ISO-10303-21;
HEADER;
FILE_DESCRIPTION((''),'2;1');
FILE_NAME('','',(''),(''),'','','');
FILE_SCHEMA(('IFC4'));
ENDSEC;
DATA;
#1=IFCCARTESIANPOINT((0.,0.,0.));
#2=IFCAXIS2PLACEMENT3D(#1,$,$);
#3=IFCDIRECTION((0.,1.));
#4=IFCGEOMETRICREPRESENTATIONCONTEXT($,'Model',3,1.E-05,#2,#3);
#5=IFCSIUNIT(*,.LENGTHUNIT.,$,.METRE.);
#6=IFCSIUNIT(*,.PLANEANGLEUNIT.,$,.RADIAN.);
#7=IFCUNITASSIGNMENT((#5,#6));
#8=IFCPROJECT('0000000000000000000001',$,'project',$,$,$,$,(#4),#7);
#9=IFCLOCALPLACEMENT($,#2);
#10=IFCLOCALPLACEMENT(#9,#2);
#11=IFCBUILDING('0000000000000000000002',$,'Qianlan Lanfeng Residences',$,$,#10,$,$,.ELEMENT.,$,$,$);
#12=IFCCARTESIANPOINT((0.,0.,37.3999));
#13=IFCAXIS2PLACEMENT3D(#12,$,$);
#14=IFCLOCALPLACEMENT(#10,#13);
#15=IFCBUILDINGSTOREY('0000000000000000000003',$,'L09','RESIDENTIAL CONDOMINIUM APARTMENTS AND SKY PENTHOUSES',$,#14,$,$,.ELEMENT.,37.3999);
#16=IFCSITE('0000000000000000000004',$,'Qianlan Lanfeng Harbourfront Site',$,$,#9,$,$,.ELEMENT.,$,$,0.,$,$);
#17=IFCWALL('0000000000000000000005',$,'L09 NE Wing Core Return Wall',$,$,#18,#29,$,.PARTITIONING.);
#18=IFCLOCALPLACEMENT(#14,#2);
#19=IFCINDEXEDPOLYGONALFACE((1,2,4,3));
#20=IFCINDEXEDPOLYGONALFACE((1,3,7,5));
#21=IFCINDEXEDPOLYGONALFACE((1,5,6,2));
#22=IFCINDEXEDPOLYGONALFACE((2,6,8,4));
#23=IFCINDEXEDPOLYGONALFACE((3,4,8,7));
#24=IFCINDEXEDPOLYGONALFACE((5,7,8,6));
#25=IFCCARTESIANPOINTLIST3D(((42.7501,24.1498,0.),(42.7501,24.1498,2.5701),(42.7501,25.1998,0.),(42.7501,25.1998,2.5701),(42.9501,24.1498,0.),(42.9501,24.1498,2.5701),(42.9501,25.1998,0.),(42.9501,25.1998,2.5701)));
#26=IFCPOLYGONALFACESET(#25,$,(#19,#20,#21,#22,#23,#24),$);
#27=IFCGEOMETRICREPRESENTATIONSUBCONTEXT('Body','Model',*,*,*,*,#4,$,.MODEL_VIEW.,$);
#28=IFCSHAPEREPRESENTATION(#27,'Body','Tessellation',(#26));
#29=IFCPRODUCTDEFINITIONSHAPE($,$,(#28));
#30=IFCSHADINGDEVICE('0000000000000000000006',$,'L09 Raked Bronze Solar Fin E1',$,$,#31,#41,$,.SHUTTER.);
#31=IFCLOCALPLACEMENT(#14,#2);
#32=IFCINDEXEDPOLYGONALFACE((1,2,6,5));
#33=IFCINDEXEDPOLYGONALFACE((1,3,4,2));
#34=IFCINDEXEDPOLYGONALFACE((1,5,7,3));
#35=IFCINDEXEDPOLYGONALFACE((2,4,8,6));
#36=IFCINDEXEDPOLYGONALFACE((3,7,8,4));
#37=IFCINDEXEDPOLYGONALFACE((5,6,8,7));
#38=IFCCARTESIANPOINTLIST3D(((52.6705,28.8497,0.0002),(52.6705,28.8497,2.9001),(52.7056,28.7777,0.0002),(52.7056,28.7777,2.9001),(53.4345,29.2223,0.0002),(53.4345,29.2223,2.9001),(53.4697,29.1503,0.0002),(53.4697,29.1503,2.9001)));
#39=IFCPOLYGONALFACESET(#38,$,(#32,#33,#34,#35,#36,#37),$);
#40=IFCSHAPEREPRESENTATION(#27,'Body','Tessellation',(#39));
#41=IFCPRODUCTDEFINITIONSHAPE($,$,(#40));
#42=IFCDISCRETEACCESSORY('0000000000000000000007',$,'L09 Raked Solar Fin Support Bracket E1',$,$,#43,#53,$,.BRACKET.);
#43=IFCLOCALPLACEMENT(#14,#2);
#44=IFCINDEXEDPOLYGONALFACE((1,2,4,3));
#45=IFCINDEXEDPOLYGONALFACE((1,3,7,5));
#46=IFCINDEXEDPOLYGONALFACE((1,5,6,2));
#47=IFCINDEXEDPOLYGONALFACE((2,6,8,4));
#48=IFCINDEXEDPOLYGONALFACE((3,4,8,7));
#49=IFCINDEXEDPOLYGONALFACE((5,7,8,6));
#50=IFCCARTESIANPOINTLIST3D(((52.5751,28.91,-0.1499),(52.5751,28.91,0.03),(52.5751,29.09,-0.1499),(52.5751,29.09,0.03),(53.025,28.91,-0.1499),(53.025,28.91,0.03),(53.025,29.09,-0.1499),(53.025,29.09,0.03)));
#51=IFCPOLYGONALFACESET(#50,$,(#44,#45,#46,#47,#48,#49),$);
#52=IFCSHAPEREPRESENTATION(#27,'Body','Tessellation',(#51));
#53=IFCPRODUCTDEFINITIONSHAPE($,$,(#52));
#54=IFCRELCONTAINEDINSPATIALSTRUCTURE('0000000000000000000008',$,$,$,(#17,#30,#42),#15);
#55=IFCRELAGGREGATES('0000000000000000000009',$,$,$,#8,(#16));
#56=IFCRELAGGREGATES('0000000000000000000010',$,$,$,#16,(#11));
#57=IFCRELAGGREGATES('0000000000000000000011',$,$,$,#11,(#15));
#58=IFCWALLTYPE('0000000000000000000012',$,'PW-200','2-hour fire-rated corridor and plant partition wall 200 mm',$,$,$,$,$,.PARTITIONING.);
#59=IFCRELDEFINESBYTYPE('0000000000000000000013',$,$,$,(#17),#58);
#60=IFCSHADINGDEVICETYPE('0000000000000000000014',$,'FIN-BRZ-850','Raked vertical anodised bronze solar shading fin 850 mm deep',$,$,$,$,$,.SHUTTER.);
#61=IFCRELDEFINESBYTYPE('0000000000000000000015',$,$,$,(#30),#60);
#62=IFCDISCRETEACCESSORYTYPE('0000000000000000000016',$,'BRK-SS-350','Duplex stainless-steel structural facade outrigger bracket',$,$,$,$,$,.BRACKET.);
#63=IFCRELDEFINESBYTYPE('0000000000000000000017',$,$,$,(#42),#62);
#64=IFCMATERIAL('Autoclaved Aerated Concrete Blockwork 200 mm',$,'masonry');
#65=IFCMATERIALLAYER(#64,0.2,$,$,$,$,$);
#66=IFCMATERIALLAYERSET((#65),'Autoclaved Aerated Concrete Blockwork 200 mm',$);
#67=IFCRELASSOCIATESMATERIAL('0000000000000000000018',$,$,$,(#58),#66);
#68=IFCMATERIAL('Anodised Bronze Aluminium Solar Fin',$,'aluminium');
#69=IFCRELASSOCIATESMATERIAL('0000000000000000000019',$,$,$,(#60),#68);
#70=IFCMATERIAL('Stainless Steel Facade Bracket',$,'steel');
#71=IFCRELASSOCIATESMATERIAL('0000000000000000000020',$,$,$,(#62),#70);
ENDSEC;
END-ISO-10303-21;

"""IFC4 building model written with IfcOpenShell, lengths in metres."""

from ifc_helpers import new_model, si_unit, direction, frame, frame_2d, origin, origin_2d, place, context, subcontext, project, spatial, rectangle, extrude, source, transform, mapped, material, layer, layer_set, type_object, element, save


model = new_model("IFC4")

# Units and contexts
model_context = context("Model", 3, precision=1e-05, world=origin(), true_north=direction((0.0, 1.0)))
body_context = subcontext(model_context, "Body", "Model", "MODEL_VIEW")
ifc_project = project(units=[si_unit("LENGTHUNIT", "METRE"), si_unit("PLANEANGLEUNIT", "RADIAN")], contexts=[model_context])

# Site, building, storey
site_placement = place(None, origin())
site = spatial("IfcSite", under=ifc_project, at=site_placement, Name="Qianlan Lanfeng Harbourfront Site", CompositionType="ELEMENT", RefElevation=0.0)
building_placement = place(site_placement, origin())
building = spatial("IfcBuilding", under=site, at=building_placement, Name="Qianlan Lanfeng Residences", CompositionType="ELEMENT")
storey_placement = place(building_placement, frame((0.0, 0.0, 37.3999)))
storey = spatial("IfcBuildingStorey", under=building, at=storey_placement, Name="L09", Description="RESIDENTIAL CONDOMINIUM APARTMENTS AND SKY PENTHOUSES", CompositionType="ELEMENT", Elevation=37.3999)

# Shared definitions
ifc_material_1 = material(Name="Autoclaved Aerated Concrete Blockwork 200 mm", Category="masonry")
ifc_layer_1 = layer(ifc_material_1, 0.2)
ifc_layer_set_1 = layer_set([ifc_layer_1], Name="Autoclaved Aerated Concrete Blockwork 200 mm")
wall_type_1 = type_object("IfcWallType", Name="PW-200", Description="2-hour fire-rated corridor and plant partition wall 200 mm", PredefinedType="PARTITIONING", material=ifc_layer_set_1)

# Wall
wall_1_placement = place(storey_placement, frame((42.8501, 24.1499, 0.0), z_axis=(0.0, 0.0, 1.0), x_axis=(0.0, 1.0, 0.0)))
element("IfcWall", 1, at=wall_1_placement, inside=storey, type_object=wall_type_1, Name="L09 NE Wing Core Return Wall", PredefinedType="PARTITIONING", context=body_context, shape_type="SweptSolid", body=[
    extrude(rectangle(XDim=1.05, YDim=0.2, at=frame_2d((0.5249, 0.0))), origin(), (0.0, 0.0, 1.0), 2.5701),
])

# Shading device
ifc_material_2 = material(Name="Anodised Bronze Aluminium Solar Fin", Category="aluminium")
shading_device_type = type_object("IfcShadingDeviceType", Name="FIN-BRZ-850", Description="Raked vertical anodised bronze solar shading fin 850 mm deep", PredefinedType="SHUTTER", material=ifc_material_2)
shared_shape_1 = source(origin(), body_context, "Body", "SweptSolid", [
    extrude(rectangle(XDim=0.8501, YDim=0.0801, at=origin_2d()), origin(), (0.0, 0.0, 1.0), 2.8999),
])
shading_device_placement = place(storey_placement, frame((53.0701, 29.0, 0.0002), z_axis=(0.0, 0.0, 1.0), x_axis=(0.898794, 0.438371, 0.0)))
element("IfcShadingDevice", 2, at=shading_device_placement, inside=storey, type_object=shading_device_type, Name="L09 Raked Bronze Solar Fin E1", PredefinedType="SHUTTER", context=body_context, shape_type="MappedRepresentation", body=[
    mapped(shared_shape_1, transform((0.0, 0.0, 0.0), scale=1.0)),
])

# Discrete accessory
ifc_material_3 = material(Name="Stainless Steel Facade Bracket", Category="steel")
discrete_accessory_type = type_object("IfcDiscreteAccessoryType", Name="BRK-SS-350", Description="Duplex stainless-steel structural facade outrigger bracket", PredefinedType="BRACKET", material=ifc_material_3)
shared_shape_2 = source(origin(), body_context, "Body", "SweptSolid", [
    extrude(rectangle(XDim=0.45, YDim=0.1799, at=origin_2d()), origin(), (0.0, 0.0, 1.0), 0.1799),
])
discrete_accessory_placement = place(storey_placement, frame((52.8, 29.0, -0.1499), z_axis=(0.0, 0.0, 1.0), x_axis=(1.0, 0.0, 0.0)))
element("IfcDiscreteAccessory", 3, at=discrete_accessory_placement, inside=storey, type_object=discrete_accessory_type, Name="L09 Raked Solar Fin Support Bracket E1", PredefinedType="BRACKET", context=body_context, shape_type="MappedRepresentation", body=[
    mapped(shared_shape_2, transform((0.0, 0.0, 0.0), scale=1.0)),
])

save(model, "model.ifc")
